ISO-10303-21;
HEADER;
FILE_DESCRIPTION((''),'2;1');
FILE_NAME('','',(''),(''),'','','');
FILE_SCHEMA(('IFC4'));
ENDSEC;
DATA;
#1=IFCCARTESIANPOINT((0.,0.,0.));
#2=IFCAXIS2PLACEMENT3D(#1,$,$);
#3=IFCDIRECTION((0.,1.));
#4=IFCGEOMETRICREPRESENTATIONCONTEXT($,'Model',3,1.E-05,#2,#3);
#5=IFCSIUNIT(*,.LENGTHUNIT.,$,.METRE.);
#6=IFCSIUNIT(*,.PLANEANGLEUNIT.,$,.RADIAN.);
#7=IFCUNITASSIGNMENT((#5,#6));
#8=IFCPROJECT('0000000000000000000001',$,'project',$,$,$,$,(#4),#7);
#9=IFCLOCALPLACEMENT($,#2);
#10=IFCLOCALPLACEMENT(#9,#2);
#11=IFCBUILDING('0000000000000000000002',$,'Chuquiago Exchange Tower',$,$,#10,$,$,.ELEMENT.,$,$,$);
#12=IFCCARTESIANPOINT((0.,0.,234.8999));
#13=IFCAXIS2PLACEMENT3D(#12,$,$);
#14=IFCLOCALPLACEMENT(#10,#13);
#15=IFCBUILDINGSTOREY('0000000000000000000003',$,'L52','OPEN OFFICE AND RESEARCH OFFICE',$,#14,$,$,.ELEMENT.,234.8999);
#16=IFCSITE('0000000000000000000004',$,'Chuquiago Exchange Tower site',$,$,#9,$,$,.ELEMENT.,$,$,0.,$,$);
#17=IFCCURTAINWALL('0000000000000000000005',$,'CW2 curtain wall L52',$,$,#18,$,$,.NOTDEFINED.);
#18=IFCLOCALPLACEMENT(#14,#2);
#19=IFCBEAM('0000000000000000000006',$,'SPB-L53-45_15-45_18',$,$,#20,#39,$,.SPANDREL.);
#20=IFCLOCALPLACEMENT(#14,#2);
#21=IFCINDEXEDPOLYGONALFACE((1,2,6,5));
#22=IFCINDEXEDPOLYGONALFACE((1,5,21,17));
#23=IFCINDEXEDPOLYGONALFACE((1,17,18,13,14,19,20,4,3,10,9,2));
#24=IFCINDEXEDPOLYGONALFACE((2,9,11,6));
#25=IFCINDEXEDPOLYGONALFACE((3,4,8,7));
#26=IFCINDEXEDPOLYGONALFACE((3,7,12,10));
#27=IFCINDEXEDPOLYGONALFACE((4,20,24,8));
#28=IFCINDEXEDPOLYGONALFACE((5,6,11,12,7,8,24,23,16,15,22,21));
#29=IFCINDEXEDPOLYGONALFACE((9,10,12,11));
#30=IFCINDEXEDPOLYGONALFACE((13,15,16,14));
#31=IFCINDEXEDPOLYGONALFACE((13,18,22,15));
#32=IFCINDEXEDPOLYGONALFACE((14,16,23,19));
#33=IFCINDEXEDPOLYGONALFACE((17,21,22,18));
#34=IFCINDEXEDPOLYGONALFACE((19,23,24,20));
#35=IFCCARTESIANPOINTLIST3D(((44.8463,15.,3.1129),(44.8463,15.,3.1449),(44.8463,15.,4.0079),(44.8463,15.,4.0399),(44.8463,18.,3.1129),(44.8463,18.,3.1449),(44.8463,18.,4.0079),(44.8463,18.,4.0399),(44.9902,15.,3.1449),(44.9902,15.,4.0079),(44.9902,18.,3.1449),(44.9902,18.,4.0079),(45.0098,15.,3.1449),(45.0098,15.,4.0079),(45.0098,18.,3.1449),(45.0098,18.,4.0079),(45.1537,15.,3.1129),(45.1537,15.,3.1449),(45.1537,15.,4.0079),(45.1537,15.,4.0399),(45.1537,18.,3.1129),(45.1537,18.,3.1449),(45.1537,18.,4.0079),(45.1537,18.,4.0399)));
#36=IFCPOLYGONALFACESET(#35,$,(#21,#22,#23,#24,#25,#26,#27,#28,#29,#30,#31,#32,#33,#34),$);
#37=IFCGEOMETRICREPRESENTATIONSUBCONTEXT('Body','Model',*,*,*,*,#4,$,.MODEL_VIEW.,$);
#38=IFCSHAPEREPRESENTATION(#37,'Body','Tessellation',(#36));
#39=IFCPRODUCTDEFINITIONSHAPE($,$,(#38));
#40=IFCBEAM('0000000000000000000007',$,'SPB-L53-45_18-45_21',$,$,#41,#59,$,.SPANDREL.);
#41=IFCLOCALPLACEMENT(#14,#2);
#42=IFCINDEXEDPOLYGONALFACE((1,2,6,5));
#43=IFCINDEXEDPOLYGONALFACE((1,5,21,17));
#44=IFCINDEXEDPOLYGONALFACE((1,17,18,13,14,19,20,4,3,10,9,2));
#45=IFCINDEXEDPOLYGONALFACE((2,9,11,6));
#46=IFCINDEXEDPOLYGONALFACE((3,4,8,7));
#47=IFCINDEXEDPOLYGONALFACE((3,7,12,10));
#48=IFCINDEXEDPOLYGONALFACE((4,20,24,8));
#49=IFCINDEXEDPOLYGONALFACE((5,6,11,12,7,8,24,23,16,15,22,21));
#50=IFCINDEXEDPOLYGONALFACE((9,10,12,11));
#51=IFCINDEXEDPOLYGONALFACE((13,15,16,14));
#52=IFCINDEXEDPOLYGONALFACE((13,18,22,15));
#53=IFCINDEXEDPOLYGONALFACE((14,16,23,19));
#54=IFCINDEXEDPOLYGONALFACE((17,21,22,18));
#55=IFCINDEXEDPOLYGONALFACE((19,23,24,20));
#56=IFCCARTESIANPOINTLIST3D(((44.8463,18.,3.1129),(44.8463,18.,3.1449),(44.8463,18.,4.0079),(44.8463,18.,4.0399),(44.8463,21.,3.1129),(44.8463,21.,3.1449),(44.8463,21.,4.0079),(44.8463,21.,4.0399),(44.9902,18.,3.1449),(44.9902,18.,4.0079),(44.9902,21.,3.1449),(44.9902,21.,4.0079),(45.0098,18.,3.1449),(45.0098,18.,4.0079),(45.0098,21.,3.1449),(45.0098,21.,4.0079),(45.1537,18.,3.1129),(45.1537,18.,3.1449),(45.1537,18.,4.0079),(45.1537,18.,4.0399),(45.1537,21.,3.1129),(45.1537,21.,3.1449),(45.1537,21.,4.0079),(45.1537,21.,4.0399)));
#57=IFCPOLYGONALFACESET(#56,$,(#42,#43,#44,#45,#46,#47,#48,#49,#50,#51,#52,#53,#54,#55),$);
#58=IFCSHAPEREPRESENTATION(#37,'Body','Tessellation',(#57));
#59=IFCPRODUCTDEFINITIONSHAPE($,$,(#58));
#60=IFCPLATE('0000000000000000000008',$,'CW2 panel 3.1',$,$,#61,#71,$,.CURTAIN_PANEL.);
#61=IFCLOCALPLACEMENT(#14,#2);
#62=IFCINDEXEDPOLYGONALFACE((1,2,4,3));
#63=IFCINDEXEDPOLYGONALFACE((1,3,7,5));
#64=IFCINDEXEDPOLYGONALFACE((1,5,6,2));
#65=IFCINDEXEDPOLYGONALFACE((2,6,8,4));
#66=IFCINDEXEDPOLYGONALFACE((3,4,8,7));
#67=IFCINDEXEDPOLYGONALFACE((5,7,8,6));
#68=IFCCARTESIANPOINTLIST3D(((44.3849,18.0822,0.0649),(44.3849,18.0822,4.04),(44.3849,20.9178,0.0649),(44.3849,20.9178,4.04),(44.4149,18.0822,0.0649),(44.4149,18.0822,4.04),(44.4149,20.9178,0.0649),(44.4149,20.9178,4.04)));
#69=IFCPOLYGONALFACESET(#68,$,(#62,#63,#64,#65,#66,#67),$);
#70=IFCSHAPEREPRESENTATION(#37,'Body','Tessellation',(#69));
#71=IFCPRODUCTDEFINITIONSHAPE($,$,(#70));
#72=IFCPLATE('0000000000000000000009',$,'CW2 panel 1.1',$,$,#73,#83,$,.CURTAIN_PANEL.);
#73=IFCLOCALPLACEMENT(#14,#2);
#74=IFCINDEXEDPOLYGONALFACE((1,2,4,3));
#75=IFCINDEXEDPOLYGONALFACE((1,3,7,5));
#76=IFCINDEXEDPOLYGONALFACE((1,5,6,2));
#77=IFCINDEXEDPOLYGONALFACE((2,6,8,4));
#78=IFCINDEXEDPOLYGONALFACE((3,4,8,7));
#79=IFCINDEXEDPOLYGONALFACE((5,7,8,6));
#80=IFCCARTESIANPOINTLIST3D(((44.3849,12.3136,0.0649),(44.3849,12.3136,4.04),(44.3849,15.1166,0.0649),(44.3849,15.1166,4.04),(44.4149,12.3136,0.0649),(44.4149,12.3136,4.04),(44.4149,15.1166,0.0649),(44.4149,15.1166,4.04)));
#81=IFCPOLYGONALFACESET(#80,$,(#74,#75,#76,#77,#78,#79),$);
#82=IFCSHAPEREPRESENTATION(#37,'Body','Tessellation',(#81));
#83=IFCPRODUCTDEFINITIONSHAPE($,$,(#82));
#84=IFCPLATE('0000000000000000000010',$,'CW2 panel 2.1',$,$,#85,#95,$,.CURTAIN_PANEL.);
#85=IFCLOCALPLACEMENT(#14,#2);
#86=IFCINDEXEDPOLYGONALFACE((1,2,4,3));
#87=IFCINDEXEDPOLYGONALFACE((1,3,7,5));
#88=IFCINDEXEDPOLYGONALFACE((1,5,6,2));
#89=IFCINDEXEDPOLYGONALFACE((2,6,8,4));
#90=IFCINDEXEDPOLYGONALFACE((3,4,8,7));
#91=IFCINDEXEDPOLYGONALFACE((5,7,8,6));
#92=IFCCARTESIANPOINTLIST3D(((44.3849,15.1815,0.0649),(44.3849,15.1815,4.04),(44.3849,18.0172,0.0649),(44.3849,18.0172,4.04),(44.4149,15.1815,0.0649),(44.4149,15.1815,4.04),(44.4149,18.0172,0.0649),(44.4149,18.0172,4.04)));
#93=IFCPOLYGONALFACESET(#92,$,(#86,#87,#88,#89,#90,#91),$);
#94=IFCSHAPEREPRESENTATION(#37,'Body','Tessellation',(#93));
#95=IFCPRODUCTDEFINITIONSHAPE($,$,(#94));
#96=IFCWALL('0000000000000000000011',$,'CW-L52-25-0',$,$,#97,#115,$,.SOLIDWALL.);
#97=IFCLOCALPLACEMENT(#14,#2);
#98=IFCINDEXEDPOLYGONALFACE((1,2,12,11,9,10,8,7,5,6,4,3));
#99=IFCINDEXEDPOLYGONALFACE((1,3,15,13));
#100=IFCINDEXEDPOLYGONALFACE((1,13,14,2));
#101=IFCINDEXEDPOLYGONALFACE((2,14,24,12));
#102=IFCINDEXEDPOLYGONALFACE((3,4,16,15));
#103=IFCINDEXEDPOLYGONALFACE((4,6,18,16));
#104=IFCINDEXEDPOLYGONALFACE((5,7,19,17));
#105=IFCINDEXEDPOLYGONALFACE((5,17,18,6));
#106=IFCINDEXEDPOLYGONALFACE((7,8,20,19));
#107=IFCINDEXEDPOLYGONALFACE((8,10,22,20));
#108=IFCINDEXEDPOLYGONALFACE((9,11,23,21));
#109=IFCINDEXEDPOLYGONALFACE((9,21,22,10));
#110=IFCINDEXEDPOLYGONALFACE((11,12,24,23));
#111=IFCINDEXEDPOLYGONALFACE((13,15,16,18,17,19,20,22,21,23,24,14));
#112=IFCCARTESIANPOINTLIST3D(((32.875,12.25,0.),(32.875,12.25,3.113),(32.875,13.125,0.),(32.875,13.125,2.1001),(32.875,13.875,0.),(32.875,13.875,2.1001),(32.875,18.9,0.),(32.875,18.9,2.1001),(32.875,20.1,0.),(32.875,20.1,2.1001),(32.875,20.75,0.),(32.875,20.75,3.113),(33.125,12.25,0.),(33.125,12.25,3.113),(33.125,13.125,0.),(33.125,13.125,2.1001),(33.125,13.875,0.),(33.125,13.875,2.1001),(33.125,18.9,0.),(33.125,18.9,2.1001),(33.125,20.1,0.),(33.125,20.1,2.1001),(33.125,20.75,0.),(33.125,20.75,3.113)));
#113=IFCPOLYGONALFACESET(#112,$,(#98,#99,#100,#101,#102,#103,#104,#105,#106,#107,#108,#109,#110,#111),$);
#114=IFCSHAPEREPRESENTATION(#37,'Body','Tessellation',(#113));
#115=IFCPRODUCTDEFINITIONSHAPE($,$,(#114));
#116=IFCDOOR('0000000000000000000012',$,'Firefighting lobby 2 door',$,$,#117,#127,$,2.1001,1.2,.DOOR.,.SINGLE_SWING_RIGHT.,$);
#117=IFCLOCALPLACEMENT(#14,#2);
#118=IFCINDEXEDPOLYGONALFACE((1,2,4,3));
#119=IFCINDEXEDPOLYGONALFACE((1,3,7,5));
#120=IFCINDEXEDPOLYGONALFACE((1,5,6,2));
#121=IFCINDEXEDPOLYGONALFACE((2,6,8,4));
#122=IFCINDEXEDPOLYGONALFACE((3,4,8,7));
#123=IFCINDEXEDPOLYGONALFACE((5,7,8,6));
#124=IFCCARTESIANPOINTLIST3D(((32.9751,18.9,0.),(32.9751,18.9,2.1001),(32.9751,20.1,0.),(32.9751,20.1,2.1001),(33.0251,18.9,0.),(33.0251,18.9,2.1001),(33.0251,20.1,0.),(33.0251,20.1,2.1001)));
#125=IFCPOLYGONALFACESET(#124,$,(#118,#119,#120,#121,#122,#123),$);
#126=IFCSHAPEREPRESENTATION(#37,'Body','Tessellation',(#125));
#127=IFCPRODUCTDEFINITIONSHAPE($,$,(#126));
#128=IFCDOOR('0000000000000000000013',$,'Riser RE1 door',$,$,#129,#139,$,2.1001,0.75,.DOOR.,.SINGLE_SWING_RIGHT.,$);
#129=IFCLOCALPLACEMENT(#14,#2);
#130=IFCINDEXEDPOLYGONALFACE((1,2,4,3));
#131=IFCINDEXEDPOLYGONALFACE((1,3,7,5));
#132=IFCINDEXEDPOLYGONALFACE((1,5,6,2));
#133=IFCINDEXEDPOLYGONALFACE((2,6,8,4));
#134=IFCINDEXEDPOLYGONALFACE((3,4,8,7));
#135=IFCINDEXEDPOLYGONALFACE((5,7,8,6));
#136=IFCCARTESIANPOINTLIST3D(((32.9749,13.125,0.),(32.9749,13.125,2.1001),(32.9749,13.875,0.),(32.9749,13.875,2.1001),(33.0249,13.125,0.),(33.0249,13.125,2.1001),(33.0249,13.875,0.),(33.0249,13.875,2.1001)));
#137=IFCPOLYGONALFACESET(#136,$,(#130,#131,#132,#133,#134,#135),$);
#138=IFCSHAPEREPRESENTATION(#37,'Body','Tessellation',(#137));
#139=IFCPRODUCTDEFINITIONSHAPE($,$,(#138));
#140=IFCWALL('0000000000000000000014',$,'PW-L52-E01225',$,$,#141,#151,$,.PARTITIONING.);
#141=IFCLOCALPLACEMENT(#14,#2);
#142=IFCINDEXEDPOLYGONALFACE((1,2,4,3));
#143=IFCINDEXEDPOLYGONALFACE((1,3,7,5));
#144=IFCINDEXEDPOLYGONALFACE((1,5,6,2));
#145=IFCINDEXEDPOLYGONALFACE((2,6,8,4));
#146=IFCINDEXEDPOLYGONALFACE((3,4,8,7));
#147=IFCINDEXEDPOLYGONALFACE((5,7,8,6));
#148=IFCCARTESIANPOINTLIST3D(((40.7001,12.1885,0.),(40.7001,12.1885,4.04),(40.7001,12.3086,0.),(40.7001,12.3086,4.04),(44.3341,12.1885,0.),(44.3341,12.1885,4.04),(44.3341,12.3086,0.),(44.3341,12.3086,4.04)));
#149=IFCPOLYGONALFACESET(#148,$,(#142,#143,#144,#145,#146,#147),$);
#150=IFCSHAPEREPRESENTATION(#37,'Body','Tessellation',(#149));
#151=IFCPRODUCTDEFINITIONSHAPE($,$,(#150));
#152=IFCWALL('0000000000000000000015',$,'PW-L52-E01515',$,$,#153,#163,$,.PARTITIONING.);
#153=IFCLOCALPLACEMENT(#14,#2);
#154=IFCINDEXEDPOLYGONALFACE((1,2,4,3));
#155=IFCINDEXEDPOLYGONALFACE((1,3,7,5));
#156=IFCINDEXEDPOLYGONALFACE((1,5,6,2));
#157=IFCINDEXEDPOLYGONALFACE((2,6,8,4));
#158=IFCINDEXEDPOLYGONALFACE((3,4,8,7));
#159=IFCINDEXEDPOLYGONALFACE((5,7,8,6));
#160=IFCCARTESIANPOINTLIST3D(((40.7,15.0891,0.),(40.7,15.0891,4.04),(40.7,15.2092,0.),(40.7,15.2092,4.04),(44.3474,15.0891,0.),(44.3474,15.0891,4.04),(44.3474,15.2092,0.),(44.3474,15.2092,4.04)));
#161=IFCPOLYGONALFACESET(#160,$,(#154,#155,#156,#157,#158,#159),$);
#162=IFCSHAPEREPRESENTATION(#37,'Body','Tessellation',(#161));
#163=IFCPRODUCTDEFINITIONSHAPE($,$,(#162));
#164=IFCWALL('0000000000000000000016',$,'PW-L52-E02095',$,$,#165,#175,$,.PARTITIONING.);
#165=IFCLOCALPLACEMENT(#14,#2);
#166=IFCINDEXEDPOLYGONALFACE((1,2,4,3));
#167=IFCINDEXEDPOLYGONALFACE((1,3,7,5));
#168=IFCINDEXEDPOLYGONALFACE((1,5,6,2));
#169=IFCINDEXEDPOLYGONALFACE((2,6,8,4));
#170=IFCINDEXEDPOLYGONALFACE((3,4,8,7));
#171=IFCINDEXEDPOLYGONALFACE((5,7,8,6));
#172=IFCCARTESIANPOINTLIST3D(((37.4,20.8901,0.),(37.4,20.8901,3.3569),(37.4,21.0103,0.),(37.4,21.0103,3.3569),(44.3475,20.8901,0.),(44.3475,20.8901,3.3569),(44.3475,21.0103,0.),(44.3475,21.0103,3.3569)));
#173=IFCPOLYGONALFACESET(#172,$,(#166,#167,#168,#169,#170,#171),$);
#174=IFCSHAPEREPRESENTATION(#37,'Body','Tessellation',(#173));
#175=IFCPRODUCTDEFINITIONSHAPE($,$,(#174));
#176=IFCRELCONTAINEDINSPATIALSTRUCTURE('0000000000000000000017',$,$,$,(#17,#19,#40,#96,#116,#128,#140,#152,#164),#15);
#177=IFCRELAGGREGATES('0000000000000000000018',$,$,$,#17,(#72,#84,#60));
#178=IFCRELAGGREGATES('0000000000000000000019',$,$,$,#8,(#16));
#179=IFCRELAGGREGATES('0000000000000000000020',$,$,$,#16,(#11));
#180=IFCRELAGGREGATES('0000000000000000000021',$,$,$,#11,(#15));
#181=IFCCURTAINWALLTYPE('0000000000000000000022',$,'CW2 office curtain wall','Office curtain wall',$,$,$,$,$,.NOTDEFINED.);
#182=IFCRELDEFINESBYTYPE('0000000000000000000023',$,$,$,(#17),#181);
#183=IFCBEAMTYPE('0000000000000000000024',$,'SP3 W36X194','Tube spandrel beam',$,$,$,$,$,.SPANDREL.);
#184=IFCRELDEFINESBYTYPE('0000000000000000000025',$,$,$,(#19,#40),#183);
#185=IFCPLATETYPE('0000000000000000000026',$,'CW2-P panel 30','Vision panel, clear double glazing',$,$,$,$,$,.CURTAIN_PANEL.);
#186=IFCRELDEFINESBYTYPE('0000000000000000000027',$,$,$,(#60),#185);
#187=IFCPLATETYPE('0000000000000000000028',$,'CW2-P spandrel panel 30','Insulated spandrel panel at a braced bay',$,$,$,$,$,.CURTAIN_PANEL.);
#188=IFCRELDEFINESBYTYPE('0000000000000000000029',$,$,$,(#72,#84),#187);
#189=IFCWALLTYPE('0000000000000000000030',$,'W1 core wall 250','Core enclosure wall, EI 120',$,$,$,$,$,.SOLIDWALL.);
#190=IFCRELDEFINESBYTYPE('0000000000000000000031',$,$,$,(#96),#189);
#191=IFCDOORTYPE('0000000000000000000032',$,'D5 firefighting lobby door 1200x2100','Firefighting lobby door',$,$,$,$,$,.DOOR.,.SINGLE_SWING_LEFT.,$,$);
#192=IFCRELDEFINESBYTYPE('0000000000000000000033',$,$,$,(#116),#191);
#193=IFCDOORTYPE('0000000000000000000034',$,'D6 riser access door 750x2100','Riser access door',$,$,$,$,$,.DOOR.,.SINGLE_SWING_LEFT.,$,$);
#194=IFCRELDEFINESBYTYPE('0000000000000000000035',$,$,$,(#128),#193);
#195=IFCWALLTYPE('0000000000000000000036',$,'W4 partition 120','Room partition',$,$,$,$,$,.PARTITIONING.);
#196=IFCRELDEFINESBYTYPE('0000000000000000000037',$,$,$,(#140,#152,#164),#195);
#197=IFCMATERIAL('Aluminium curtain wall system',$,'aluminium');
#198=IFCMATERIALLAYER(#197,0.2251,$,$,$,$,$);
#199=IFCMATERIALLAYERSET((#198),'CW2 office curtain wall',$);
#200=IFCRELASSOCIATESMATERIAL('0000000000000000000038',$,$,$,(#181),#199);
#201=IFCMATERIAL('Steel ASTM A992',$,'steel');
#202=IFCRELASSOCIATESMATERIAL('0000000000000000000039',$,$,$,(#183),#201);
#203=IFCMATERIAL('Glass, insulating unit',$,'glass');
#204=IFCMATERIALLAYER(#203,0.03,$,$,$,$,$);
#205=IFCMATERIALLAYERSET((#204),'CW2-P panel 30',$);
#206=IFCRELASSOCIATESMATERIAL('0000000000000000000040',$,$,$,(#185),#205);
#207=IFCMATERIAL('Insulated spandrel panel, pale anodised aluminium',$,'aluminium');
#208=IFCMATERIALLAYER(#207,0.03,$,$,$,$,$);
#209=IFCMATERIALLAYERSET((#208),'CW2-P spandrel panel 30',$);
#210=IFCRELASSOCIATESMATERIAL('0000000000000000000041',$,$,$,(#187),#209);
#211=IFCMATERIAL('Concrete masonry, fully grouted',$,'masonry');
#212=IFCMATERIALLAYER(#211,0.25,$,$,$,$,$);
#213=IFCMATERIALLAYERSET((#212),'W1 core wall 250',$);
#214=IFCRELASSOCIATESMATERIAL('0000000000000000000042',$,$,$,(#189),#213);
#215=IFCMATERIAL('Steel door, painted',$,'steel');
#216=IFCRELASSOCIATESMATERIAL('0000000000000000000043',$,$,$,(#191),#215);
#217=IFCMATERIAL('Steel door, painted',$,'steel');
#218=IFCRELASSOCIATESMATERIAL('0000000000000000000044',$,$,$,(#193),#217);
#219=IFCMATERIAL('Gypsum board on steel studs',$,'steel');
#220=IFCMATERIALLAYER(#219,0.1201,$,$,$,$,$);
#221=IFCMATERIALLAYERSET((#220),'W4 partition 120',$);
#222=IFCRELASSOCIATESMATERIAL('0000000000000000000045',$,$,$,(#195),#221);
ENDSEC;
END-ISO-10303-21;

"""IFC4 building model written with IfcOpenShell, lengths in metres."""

from ifc_helpers import new_model, si_unit, direction, frame, frame_2d, origin, origin_2d, place, context, subcontext, project, spatial, rectangle, i_section, extrude, material, layer, layer_set, material_profile, profile_set, type_object, element, fill, aggregate, save


model = new_model("IFC4")

# Units and contexts
model_context = context("Model", 3, precision=1e-05, world=origin(), true_north=direction((0.0, 1.0)))
body_context = subcontext(model_context, "Body", "Model", "MODEL_VIEW")
ifc_project = project(units=[si_unit("LENGTHUNIT", "METRE"), si_unit("PLANEANGLEUNIT", "RADIAN")], contexts=[model_context])

# Site, building, storey
site_placement = place(None, origin())
site = spatial("IfcSite", under=ifc_project, at=site_placement, Name="Chuquiago Exchange Tower site", CompositionType="ELEMENT", RefElevation=0.0)
building_placement = place(site_placement, origin())
building = spatial("IfcBuilding", under=site, at=building_placement, Name="Chuquiago Exchange Tower", CompositionType="ELEMENT")
storey_placement = place(building_placement, frame((0.0, 0.0, 234.8999)))
storey = spatial("IfcBuildingStorey", under=building, at=storey_placement, Name="L52", Description="OPEN OFFICE AND RESEARCH OFFICE", CompositionType="ELEMENT", Elevation=234.8999)

# Curtain wall
ifc_material_1 = material(Name="Aluminium curtain wall system", Category="aluminium")
ifc_layer_1 = layer(ifc_material_1, 0.2251)
ifc_layer_set_1 = layer_set([ifc_layer_1], Name="CW2 office curtain wall")
curtain_wall_type_1 = type_object("IfcCurtainWallType", Name="CW2 office curtain wall", Description="Office curtain wall", PredefinedType="NOTDEFINED", material=ifc_layer_set_1)
curtain_wall_1_placement = place(storey_placement, origin())
curtain_wall_1 = element("IfcCurtainWall", 1, at=curtain_wall_1_placement, inside=storey, type_object=curtain_wall_type_1, Name="CW2 curtain wall L52", PredefinedType="NOTDEFINED")

# Beams
ifc_material_2 = material(Name="Steel ASTM A992", Category="steel")
ifc_material_profile_1 = material_profile(ifc_material_2, i_section(OverallWidth=0.3074, OverallDepth=0.927, WebThickness=0.0195, FlangeThickness=0.032, at=origin_2d()), Name="W36X194")
ifc_profile_set_1 = profile_set([ifc_material_profile_1], Name="Steel ASTM A992")
beam_type_1 = type_object("IfcBeamType", Name="SP3 W36X194", Description="Tube spandrel beam", PredefinedType="SPANDREL", material=ifc_profile_set_1)
for number, where, z_axis, x_axis, name in (
    (2, (45.0, 15.0, 3.5764), (0.0, 1.0, 0.0), (-1.0, 0.0, 0.0), "SPB-L53-45_15-45_18"),
    (3, (45.0, 18.0, 3.5764), (0.0, 1.0, 0.0), (-1.0, 0.0, 0.0), "SPB-L53-45_18-45_21"),
):
    element("IfcBeam", number, at=place(storey_placement, frame(where, z_axis=z_axis, x_axis=x_axis)), inside=storey, type_object=beam_type_1, Name=name, PredefinedType="SPANDREL", context=body_context, shape_type="SweptSolid", body=[
        extrude(i_section(OverallWidth=0.3074, OverallDepth=0.927, WebThickness=0.0195, FlangeThickness=0.032, at=origin_2d()), origin(), (0.0, 0.0, 1.0), 3.0),
    ])

# Plates
ifc_material_3 = material(Name="Glass, insulating unit", Category="glass")
ifc_layer_2 = layer(ifc_material_3, 0.03)
ifc_layer_set_2 = layer_set([ifc_layer_2], Name="CW2-P panel 30")
plate_type_1 = type_object("IfcPlateType", Name="CW2-P panel 30", Description="Vision panel, clear double glazing", PredefinedType="CURTAIN_PANEL", material=ifc_layer_set_2)
plate_1_placement = place(storey_placement, frame((44.3999, 19.5, 0.0649), z_axis=(0.0, 0.0, 1.0), x_axis=(0.0, 1.0, 0.0)))
plate_1 = element("IfcPlate", 4, at=plate_1_placement, type_object=plate_type_1, Name="CW2 panel 3.1", PredefinedType="CURTAIN_PANEL", context=body_context, shape_type="SweptSolid", body=[
    extrude(rectangle(XDim=2.8357, YDim=0.03, at=origin_2d()), origin(), (0.0, 0.0, 1.0), 3.9751),
])
ifc_material_4 = material(Name="Insulated spandrel panel, pale anodised aluminium", Category="aluminium")
ifc_layer_3 = layer(ifc_material_4, 0.03)
ifc_layer_set_3 = layer_set([ifc_layer_3], Name="CW2-P spandrel panel 30")
plate_type_2 = type_object("IfcPlateType", Name="CW2-P spandrel panel 30", Description="Insulated spandrel panel at a braced bay", PredefinedType="CURTAIN_PANEL", material=ifc_layer_set_3)
plate_2_placement = place(storey_placement, frame((44.3999, 13.7151, 0.0649), z_axis=(0.0, 0.0, 1.0), x_axis=(0.0, 1.0, 0.0)))
plate_2 = element("IfcPlate", 5, at=plate_2_placement, type_object=plate_type_2, Name="CW2 panel 1.1", PredefinedType="CURTAIN_PANEL", context=body_context, shape_type="SweptSolid", body=[
    extrude(rectangle(XDim=2.803, YDim=0.03, at=origin_2d()), origin(), (0.0, 0.0, 1.0), 3.9751),
])
plate_3_placement = place(storey_placement, frame((44.3999, 16.5994, 0.0649), z_axis=(0.0, 0.0, 1.0), x_axis=(0.0, 1.0, 0.0)))
plate_3 = element("IfcPlate", 6, at=plate_3_placement, type_object=plate_type_2, Name="CW2 panel 2.1", PredefinedType="CURTAIN_PANEL", context=body_context, shape_type="SweptSolid", body=[
    extrude(rectangle(XDim=2.8357, YDim=0.03, at=origin_2d()), origin(), (0.0, 0.0, 1.0), 3.9751),
])
aggregate(curtain_wall_1, [plate_2, plate_3, plate_1])

# Wall, openings, doors
ifc_material_5 = material(Name="Concrete masonry, fully grouted", Category="masonry")
ifc_layer_4 = layer(ifc_material_5, 0.25)
ifc_layer_set_4 = layer_set([ifc_layer_4], Name="W1 core wall 250")
wall_type_1 = type_object("IfcWallType", Name="W1 core wall 250", Description="Core enclosure wall, EI 120", PredefinedType="SOLIDWALL", material=ifc_layer_set_4)
wall_1_placement = place(storey_placement, frame((33.0, 12.25, 0.0), z_axis=(0.0, 0.0, 1.0), x_axis=(0.0, 1.0, 0.0)))
wall_1 = element("IfcWall", 7, at=wall_1_placement, inside=storey, type_object=wall_type_1, Name="CW-L52-25-0", PredefinedType="SOLIDWALL", context=body_context, shape_type="SweptSolid", body=[
    extrude(rectangle(XDim=8.5, YDim=0.25, at=frame_2d((4.25, 0.0))), origin(), (0.0, 0.0, 1.0), 3.113),
])
opening_1_placement = place(wall_1_placement, frame((6.6499, 0.0, 0.0)))
opening_1 = element("IfcOpeningElement", 8, at=opening_1_placement, cuts=wall_1, PredefinedType="OPENING", context=body_context, shape_type="SweptSolid", body=[
    extrude(rectangle(XDim=1.2, YDim=2.1001, at=frame_2d((0.6001, 1.05))), frame((0.0, 0.135, 0.0), z_axis=(0.0, -1.0, 0.0), x_axis=(1.0, 0.0, 0.0)), (0.0, 0.0, 1.0), 0.27),
])
opening_2_placement = place(wall_1_placement, frame((0.875, 0.0, 0.0)))
opening_2 = element("IfcOpeningElement", 9, at=opening_2_placement, cuts=wall_1, PredefinedType="OPENING", context=body_context, shape_type="SweptSolid", body=[
    extrude(rectangle(XDim=0.75, YDim=2.1001, at=frame_2d((0.375, 1.05))), frame((0.0, 0.135, 0.0), z_axis=(0.0, -1.0, 0.0), x_axis=(1.0, 0.0, 0.0)), (0.0, 0.0, 1.0), 0.27),
])
ifc_material_6 = material(Name="Steel door, painted", Category="steel")
door_type_1 = type_object("IfcDoorType", Name="D5 firefighting lobby door 1200x2100", Description="Firefighting lobby door", OperationType="SINGLE_SWING_LEFT", PredefinedType="DOOR", material=ifc_material_6)
door_1_placement = place(opening_1_placement, origin())
door_1 = element("IfcDoor", 10, at=door_1_placement, inside=storey, type_object=door_type_1, Name="Firefighting lobby 2 door", OperationType="SINGLE_SWING_RIGHT", OverallHeight=2.1001, OverallWidth=1.2, PredefinedType="DOOR", context=body_context, shape_type="SweptSolid", body=[
    extrude(rectangle(XDim=1.2, YDim=2.1001, at=frame_2d((0.6001, 1.05))), frame((0.0, 0.0249, 0.0), z_axis=(0.0, -1.0, 0.0), x_axis=(1.0, 0.0, 0.0)), (0.0, 0.0, 1.0), 0.05),
])
fill(opening_1, door_1)
ifc_material_7 = material(Name="Steel door, painted", Category="steel")
door_type_2 = type_object("IfcDoorType", Name="D6 riser access door 750x2100", Description="Riser access door", OperationType="SINGLE_SWING_LEFT", PredefinedType="DOOR", material=ifc_material_7)
door_2_placement = place(opening_2_placement, frame((0.75, 0.0, 0.0), z_axis=(0.0, 0.0, 1.0), x_axis=(-1.0, 0.0, 0.0)))
door_2 = element("IfcDoor", 11, at=door_2_placement, inside=storey, type_object=door_type_2, Name="Riser RE1 door", OperationType="SINGLE_SWING_RIGHT", OverallHeight=2.1001, OverallWidth=0.75, PredefinedType="DOOR", context=body_context, shape_type="SweptSolid", body=[
    extrude(rectangle(XDim=0.75, YDim=2.1001, at=frame_2d((0.375, 1.05))), frame((0.0, 0.0249, 0.0), z_axis=(0.0, -1.0, 0.0), x_axis=(1.0, 0.0, 0.0)), (0.0, 0.0, 1.0), 0.05),
])
fill(opening_2, door_2)

# Walls
ifc_material_8 = material(Name="Gypsum board on steel studs", Category="steel")
ifc_layer_5 = layer(ifc_material_8, 0.1201)
ifc_layer_set_5 = layer_set([ifc_layer_5], Name="W4 partition 120")
wall_type_2 = type_object("IfcWallType", Name="W4 partition 120", Description="Room partition", PredefinedType="PARTITIONING", material=ifc_layer_set_5)
wall_2_placement = place(storey_placement, frame((44.334, 12.2485, 0.0), z_axis=(0.0, 0.0, 1.0), x_axis=(-1.0, 0.0, 0.0)))
element("IfcWall", 12, at=wall_2_placement, inside=storey, type_object=wall_type_2, Name="PW-L52-E01225", PredefinedType="PARTITIONING", context=body_context, shape_type="SweptSolid", body=[
    extrude(rectangle(XDim=3.634, YDim=0.1201, at=frame_2d((1.8169, 0.0))), origin(), (0.0, 0.0, 1.0), 4.04),
])
wall_3_placement = place(storey_placement, frame((44.3474, 15.1492, 0.0), z_axis=(0.0, 0.0, 1.0), x_axis=(-1.0, 0.0, 0.0)))
element("IfcWall", 13, at=wall_3_placement, inside=storey, type_object=wall_type_2, Name="PW-L52-E01515", PredefinedType="PARTITIONING", context=body_context, shape_type="SweptSolid", body=[
    extrude(rectangle(XDim=3.6475, YDim=0.1201, at=frame_2d((1.8237, 0.0))), origin(), (0.0, 0.0, 1.0), 4.04),
])
wall_4_placement = place(storey_placement, frame((44.3474, 20.9502, 0.0), z_axis=(0.0, 0.0, 1.0), x_axis=(-1.0, 0.0, 0.0)))
element("IfcWall", 14, at=wall_4_placement, inside=storey, type_object=wall_type_2, Name="PW-L52-E02095", PredefinedType="PARTITIONING", context=body_context, shape_type="SweptSolid", body=[
    extrude(rectangle(XDim=6.9475, YDim=0.1201, at=frame_2d((3.4736, 0.0))), origin(), (0.0, 0.0, 1.0), 3.3569),
])

save(model, "model.ifc")
